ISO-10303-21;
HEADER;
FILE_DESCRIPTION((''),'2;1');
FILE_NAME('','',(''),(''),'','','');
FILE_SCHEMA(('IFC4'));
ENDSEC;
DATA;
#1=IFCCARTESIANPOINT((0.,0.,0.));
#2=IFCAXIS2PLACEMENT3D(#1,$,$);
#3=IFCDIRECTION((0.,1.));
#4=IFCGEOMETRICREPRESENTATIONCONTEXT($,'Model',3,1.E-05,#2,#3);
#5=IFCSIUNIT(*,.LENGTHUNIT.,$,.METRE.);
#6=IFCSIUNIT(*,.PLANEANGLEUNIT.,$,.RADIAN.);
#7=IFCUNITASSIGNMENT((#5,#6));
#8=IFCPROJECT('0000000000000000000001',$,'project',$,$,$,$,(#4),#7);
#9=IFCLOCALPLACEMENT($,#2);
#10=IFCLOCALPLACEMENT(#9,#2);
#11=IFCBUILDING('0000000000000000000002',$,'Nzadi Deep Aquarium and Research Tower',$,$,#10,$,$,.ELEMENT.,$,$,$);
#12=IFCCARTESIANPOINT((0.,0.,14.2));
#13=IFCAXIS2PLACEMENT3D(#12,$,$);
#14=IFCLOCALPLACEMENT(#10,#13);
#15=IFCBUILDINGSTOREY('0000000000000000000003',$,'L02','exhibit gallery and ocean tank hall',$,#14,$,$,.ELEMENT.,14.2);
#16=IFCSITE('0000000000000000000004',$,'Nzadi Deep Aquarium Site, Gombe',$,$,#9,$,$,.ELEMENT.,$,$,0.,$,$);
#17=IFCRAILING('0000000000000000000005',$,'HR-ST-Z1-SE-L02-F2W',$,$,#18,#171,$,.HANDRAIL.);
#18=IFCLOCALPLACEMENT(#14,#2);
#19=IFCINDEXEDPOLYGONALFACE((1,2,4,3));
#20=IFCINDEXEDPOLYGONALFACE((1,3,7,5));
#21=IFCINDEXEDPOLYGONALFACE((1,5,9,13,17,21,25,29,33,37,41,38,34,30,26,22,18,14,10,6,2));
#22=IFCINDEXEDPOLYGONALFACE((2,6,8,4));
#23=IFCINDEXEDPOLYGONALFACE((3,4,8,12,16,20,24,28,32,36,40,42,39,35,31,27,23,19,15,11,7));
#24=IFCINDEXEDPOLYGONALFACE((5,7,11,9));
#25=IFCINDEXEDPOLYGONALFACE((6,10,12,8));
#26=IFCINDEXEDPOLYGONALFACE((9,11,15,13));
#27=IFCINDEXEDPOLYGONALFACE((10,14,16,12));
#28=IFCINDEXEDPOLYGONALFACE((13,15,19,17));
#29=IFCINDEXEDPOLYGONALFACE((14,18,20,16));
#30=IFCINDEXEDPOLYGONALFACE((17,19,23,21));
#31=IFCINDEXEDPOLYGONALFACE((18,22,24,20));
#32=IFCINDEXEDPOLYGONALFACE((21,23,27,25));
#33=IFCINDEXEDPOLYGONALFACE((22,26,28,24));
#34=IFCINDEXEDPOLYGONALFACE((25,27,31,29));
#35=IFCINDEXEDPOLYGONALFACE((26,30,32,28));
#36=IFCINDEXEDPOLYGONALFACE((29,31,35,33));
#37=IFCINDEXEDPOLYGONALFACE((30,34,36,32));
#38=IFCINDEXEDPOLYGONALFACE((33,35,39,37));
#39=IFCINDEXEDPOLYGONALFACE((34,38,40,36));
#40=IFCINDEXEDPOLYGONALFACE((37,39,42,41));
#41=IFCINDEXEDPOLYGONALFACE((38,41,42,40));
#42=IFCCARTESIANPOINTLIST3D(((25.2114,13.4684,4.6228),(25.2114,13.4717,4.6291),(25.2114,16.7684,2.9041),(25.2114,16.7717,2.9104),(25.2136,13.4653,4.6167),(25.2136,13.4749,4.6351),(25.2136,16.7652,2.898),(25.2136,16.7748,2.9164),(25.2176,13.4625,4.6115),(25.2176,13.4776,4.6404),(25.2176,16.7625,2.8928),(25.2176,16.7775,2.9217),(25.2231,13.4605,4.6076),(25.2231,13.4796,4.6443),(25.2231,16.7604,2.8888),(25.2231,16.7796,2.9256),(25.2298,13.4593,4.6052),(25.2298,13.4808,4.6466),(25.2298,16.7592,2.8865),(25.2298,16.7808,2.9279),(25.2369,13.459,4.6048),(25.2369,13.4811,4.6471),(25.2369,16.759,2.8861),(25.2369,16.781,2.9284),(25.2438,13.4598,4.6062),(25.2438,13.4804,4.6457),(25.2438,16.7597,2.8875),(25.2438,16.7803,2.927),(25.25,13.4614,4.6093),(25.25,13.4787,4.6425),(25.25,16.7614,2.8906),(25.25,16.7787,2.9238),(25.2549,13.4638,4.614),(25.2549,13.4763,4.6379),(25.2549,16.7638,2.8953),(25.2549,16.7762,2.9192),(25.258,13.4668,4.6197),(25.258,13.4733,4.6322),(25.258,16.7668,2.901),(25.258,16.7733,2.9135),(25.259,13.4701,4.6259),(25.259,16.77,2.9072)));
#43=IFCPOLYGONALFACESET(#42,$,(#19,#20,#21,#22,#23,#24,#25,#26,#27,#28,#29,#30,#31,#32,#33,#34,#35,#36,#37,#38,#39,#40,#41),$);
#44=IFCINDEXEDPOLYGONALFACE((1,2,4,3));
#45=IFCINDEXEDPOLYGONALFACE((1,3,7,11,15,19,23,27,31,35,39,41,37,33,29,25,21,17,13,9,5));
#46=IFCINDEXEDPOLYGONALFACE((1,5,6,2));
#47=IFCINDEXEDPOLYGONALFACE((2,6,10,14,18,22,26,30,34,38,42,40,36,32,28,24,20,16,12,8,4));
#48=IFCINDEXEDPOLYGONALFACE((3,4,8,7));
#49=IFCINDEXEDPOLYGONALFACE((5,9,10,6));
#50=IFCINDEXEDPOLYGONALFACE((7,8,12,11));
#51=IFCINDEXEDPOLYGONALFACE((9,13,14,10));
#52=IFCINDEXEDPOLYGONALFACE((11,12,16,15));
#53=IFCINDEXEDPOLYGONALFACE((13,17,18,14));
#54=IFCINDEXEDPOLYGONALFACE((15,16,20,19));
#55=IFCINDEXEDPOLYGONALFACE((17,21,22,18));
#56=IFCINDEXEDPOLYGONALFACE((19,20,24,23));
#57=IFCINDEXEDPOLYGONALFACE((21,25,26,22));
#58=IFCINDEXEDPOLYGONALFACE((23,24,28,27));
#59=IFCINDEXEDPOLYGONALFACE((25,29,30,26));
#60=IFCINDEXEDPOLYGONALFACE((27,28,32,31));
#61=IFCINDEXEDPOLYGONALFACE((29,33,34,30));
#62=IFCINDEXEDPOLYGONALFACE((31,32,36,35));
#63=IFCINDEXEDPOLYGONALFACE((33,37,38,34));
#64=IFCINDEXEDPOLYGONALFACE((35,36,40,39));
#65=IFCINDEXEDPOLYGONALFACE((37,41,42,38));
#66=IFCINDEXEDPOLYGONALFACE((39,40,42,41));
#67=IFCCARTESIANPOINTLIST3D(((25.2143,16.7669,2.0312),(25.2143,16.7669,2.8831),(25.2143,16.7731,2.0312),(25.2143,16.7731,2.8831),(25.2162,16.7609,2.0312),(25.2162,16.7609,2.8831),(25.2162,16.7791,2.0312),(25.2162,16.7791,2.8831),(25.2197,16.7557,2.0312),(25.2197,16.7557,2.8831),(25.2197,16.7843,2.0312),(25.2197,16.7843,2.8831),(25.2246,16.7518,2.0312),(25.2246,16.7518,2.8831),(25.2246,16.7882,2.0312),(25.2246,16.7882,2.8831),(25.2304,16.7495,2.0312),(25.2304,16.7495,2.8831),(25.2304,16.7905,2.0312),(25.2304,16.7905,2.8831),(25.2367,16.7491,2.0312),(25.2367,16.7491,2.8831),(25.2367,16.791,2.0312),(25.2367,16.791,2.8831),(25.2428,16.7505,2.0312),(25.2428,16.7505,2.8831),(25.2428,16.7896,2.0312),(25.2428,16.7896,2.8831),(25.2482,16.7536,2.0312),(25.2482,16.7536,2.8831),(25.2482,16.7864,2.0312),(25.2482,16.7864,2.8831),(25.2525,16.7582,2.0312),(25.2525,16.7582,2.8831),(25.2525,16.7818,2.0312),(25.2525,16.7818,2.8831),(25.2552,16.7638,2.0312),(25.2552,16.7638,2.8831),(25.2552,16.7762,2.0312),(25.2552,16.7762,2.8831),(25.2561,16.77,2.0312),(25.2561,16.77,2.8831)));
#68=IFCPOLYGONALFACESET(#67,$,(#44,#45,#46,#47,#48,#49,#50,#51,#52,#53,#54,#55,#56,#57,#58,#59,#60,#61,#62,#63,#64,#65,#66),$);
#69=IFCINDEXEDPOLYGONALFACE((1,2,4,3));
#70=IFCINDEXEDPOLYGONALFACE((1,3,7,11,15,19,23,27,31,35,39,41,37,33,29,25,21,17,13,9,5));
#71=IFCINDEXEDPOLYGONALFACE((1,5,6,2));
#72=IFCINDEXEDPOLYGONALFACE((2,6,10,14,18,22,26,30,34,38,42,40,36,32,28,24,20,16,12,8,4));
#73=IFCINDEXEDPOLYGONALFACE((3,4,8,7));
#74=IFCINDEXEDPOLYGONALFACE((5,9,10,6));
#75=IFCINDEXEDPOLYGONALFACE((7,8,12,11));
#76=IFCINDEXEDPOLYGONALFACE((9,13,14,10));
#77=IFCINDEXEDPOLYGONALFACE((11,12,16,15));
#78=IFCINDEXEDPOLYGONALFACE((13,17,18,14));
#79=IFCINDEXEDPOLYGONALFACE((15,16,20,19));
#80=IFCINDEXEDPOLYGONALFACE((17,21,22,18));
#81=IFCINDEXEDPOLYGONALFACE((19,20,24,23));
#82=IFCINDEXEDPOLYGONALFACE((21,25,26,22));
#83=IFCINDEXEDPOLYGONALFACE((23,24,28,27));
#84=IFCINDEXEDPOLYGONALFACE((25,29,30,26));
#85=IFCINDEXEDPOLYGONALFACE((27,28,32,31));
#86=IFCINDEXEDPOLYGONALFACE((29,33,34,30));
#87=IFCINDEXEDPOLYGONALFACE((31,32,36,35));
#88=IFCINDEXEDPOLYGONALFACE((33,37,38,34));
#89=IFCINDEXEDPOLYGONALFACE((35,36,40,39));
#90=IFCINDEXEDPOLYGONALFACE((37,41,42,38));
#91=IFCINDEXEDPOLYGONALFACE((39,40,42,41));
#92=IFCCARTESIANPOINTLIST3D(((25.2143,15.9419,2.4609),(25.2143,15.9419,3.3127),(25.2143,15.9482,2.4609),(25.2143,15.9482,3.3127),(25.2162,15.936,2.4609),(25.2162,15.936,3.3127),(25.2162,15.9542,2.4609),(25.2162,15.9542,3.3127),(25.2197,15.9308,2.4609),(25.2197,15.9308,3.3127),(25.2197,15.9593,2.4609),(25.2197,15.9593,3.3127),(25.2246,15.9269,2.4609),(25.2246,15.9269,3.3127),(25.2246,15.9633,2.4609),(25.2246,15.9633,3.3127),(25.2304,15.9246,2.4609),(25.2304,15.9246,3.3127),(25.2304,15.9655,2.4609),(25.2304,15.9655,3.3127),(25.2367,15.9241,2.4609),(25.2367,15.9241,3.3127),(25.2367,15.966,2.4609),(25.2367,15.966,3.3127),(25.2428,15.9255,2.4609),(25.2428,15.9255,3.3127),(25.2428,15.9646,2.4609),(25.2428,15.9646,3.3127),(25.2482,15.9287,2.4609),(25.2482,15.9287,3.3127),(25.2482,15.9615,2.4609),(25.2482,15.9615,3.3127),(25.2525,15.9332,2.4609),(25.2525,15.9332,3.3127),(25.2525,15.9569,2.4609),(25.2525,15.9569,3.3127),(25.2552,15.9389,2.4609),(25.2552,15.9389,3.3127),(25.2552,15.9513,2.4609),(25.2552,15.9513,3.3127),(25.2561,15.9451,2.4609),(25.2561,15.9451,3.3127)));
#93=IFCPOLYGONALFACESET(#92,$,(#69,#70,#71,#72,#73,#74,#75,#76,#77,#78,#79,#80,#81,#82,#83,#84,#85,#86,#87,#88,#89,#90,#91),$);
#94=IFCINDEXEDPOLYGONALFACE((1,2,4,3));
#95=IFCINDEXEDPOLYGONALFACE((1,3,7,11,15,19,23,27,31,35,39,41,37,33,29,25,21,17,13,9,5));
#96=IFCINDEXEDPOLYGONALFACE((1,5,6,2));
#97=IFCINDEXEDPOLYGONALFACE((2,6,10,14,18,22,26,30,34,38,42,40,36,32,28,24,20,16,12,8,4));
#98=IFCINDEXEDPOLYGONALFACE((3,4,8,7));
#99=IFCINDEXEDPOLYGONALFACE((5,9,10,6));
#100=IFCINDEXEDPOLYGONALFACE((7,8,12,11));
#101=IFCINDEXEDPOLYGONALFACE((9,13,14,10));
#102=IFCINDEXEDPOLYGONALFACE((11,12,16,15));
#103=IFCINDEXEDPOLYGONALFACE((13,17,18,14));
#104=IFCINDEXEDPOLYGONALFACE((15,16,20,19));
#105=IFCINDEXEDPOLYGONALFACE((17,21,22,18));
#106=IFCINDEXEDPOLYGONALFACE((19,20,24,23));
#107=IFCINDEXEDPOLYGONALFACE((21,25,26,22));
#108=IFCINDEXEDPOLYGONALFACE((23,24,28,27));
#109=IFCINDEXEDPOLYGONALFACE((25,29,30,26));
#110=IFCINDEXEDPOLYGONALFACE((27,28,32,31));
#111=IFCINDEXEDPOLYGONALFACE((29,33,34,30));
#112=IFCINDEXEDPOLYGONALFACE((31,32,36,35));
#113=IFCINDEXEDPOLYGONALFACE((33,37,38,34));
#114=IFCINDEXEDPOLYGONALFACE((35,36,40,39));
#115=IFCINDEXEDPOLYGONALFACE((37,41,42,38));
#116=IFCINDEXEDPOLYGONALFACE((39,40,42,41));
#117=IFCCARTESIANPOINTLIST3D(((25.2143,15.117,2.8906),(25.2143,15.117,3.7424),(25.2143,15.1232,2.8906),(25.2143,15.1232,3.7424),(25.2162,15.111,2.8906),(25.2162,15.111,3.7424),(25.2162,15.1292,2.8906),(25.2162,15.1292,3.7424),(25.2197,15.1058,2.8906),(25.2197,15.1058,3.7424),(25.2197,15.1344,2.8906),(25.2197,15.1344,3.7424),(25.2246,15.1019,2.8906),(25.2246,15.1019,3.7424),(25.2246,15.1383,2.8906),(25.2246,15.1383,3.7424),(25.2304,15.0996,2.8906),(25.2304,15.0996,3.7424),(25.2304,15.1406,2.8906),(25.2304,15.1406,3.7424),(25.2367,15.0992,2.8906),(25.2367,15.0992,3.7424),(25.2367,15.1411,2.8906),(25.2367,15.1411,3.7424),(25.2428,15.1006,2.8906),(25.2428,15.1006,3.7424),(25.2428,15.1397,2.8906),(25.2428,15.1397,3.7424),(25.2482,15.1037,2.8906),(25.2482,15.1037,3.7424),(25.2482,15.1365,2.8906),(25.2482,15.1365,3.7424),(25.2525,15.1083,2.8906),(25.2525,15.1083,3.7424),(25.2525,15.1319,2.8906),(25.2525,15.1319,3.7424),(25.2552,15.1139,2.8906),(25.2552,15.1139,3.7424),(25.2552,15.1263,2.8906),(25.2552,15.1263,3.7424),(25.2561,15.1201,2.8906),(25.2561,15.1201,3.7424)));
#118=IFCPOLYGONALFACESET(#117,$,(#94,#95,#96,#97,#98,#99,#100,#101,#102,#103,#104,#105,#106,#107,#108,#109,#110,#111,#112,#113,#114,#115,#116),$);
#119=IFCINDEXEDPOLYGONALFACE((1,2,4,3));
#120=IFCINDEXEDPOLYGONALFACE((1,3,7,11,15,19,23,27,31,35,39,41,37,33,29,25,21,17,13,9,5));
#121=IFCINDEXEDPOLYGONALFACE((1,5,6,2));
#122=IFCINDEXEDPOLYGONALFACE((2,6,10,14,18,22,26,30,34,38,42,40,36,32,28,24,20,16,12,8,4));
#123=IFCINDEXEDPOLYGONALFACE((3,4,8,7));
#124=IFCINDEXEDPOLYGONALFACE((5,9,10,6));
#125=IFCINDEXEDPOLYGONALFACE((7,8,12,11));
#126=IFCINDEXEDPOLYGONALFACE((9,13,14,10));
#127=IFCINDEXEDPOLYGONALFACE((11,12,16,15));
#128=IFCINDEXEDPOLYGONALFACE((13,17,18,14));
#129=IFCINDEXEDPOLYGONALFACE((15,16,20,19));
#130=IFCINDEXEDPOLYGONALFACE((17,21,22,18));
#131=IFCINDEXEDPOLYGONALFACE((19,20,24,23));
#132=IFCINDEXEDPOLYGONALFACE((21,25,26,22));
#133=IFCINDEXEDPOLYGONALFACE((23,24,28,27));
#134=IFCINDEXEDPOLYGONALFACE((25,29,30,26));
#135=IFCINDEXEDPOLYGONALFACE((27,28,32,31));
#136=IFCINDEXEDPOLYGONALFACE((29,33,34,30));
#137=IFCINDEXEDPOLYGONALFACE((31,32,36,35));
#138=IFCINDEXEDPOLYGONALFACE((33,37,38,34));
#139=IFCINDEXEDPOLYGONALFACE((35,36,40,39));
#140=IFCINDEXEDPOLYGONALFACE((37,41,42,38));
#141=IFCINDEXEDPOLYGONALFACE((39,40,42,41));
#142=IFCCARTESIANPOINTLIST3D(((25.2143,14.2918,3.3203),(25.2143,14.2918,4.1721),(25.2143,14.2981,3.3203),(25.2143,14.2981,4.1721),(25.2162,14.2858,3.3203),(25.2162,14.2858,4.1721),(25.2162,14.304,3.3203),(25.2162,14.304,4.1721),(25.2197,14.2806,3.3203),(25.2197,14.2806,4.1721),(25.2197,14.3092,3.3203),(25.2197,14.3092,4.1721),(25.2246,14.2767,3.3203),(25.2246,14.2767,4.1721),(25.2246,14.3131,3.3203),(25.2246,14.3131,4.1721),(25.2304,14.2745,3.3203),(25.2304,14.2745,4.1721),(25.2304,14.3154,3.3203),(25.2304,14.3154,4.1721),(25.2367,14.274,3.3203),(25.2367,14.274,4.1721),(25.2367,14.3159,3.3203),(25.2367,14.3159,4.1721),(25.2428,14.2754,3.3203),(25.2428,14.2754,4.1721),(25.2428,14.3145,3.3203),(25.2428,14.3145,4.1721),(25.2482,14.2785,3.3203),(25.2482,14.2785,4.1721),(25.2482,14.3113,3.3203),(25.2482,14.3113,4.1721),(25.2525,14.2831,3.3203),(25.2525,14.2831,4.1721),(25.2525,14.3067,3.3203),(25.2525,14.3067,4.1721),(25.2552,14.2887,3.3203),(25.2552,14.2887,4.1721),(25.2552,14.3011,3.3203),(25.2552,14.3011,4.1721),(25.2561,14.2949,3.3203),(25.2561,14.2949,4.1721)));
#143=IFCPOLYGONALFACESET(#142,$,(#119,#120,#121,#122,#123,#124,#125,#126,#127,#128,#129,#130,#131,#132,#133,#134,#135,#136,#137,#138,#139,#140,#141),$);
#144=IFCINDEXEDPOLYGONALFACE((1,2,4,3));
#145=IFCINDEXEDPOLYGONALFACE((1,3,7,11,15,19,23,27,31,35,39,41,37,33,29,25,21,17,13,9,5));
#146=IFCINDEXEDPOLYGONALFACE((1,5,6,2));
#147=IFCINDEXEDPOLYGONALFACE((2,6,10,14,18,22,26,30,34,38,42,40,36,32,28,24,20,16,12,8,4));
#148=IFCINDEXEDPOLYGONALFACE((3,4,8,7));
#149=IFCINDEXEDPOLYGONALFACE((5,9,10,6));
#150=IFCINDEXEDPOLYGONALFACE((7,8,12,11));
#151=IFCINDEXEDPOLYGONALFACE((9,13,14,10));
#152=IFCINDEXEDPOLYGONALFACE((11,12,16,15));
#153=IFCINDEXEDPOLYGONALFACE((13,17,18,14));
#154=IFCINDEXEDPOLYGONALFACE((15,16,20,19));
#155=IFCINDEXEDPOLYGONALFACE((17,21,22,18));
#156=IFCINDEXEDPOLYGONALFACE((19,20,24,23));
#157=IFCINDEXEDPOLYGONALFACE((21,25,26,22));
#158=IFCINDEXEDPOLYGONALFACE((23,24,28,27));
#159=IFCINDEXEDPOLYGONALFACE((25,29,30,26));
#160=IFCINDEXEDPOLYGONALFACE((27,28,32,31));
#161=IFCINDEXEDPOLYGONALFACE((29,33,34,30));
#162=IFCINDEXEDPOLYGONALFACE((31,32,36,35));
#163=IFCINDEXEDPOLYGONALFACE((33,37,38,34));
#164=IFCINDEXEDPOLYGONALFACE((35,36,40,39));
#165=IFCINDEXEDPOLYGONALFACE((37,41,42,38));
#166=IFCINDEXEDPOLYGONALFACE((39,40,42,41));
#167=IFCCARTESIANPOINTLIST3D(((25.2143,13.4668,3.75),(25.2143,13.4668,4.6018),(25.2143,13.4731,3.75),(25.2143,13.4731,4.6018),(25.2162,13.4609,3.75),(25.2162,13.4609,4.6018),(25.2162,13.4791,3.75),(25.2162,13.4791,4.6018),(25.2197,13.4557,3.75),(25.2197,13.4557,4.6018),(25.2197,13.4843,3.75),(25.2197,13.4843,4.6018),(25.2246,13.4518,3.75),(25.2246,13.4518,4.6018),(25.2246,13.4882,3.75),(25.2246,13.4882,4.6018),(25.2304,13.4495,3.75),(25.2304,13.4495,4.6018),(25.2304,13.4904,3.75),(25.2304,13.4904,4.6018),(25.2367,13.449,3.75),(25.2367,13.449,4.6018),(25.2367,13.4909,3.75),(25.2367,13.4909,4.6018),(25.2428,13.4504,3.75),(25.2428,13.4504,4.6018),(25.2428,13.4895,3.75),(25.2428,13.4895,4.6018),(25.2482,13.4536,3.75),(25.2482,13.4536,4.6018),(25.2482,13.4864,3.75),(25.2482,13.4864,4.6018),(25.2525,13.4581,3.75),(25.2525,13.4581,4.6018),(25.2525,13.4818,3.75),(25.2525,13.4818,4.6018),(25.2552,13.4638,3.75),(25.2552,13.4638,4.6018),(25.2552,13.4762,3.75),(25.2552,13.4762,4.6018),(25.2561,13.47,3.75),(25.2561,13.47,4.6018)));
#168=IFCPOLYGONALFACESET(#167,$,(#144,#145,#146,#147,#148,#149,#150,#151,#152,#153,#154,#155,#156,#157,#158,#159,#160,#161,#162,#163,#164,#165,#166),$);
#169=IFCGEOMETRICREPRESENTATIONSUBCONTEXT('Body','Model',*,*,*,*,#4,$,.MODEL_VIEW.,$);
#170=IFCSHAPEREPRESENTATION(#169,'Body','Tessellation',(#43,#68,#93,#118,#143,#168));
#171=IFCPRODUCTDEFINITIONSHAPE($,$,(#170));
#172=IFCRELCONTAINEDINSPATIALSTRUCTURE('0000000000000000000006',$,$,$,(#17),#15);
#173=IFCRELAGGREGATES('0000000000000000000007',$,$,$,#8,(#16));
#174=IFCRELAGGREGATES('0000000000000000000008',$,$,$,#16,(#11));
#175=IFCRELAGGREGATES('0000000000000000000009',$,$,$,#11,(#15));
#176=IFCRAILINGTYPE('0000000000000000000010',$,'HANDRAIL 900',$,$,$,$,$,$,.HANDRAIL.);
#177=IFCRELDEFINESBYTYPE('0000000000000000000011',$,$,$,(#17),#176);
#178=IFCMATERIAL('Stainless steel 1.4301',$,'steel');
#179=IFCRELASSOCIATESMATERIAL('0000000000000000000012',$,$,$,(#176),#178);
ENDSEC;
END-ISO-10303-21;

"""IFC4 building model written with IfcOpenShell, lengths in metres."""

from ifc_helpers import new_model, si_unit, direction, frame, origin, origin_2d, place, context, subcontext, project, spatial, circle, extrude, material, type_object, element, save


model = new_model("IFC4")

# Units and contexts
model_context = context("Model", 3, precision=1e-05, world=origin(), true_north=direction((0.0, 1.0)))
body_context = subcontext(model_context, "Body", "Model", "MODEL_VIEW")
ifc_project = project(units=[si_unit("LENGTHUNIT", "METRE"), si_unit("PLANEANGLEUNIT", "RADIAN")], contexts=[model_context])

# Site, building, storey
site_placement = place(None, origin())
site = spatial("IfcSite", under=ifc_project, at=site_placement, Name="Nzadi Deep Aquarium Site, Gombe", CompositionType="ELEMENT", RefElevation=0.0)
building_placement = place(site_placement, origin())
building = spatial("IfcBuilding", under=site, at=building_placement, Name="Nzadi Deep Aquarium and Research Tower", CompositionType="ELEMENT")
storey_placement = place(building_placement, frame((0.0, 0.0, 14.2)))
storey = spatial("IfcBuildingStorey", under=building, at=storey_placement, Name="L02", Description="exhibit gallery and ocean tank hall", CompositionType="ELEMENT", Elevation=14.2)

# Railing
ifc_material_1 = material(Name="Stainless steel 1.4301", Category="steel")
railing_type = type_object("IfcRailingType", Name="HANDRAIL 900", PredefinedType="HANDRAIL", material=ifc_material_1)
for number, where, name in (
    (1, (25.2351, 16.77, 2.0312), "HR-ST-Z1-SE-L02-F2W"),
):
    element("IfcRailing", number, at=place(storey_placement, frame(where)), inside=storey, type_object=railing_type, Name=name, PredefinedType="HANDRAIL", context=body_context, shape_type="SweptSolid", body=[
        extrude(circle(Radius=0.0239, at=origin_2d()), frame((0.0, 0.0, 0.876), z_axis=(0.0, -0.886917, 0.461929), x_axis=(1.0, 0.0, 0.0)), (0.0, 0.0, 1.0), 3.7207),
        extrude(circle(Radius=0.021, at=origin_2d()), origin(), (0.0, 0.0, 1.0), 0.8518),
        extrude(circle(Radius=0.021, at=origin_2d()), frame((0.0, -0.825, 0.4297)), (0.0, 0.0, 1.0), 0.8518),
        extrude(circle(Radius=0.021, at=origin_2d()), frame((0.0, -1.6499, 0.8594)), (0.0, 0.0, 1.0), 0.8518),
        extrude(circle(Radius=0.021, at=origin_2d()), frame((0.0, -2.4751, 1.2891)), (0.0, 0.0, 1.0), 0.8518),
        extrude(circle(Radius=0.021, at=origin_2d()), frame((0.0, -3.3, 1.7188)), (0.0, 0.0, 1.0), 0.8518),
    ])

save(model, "model.ifc")
